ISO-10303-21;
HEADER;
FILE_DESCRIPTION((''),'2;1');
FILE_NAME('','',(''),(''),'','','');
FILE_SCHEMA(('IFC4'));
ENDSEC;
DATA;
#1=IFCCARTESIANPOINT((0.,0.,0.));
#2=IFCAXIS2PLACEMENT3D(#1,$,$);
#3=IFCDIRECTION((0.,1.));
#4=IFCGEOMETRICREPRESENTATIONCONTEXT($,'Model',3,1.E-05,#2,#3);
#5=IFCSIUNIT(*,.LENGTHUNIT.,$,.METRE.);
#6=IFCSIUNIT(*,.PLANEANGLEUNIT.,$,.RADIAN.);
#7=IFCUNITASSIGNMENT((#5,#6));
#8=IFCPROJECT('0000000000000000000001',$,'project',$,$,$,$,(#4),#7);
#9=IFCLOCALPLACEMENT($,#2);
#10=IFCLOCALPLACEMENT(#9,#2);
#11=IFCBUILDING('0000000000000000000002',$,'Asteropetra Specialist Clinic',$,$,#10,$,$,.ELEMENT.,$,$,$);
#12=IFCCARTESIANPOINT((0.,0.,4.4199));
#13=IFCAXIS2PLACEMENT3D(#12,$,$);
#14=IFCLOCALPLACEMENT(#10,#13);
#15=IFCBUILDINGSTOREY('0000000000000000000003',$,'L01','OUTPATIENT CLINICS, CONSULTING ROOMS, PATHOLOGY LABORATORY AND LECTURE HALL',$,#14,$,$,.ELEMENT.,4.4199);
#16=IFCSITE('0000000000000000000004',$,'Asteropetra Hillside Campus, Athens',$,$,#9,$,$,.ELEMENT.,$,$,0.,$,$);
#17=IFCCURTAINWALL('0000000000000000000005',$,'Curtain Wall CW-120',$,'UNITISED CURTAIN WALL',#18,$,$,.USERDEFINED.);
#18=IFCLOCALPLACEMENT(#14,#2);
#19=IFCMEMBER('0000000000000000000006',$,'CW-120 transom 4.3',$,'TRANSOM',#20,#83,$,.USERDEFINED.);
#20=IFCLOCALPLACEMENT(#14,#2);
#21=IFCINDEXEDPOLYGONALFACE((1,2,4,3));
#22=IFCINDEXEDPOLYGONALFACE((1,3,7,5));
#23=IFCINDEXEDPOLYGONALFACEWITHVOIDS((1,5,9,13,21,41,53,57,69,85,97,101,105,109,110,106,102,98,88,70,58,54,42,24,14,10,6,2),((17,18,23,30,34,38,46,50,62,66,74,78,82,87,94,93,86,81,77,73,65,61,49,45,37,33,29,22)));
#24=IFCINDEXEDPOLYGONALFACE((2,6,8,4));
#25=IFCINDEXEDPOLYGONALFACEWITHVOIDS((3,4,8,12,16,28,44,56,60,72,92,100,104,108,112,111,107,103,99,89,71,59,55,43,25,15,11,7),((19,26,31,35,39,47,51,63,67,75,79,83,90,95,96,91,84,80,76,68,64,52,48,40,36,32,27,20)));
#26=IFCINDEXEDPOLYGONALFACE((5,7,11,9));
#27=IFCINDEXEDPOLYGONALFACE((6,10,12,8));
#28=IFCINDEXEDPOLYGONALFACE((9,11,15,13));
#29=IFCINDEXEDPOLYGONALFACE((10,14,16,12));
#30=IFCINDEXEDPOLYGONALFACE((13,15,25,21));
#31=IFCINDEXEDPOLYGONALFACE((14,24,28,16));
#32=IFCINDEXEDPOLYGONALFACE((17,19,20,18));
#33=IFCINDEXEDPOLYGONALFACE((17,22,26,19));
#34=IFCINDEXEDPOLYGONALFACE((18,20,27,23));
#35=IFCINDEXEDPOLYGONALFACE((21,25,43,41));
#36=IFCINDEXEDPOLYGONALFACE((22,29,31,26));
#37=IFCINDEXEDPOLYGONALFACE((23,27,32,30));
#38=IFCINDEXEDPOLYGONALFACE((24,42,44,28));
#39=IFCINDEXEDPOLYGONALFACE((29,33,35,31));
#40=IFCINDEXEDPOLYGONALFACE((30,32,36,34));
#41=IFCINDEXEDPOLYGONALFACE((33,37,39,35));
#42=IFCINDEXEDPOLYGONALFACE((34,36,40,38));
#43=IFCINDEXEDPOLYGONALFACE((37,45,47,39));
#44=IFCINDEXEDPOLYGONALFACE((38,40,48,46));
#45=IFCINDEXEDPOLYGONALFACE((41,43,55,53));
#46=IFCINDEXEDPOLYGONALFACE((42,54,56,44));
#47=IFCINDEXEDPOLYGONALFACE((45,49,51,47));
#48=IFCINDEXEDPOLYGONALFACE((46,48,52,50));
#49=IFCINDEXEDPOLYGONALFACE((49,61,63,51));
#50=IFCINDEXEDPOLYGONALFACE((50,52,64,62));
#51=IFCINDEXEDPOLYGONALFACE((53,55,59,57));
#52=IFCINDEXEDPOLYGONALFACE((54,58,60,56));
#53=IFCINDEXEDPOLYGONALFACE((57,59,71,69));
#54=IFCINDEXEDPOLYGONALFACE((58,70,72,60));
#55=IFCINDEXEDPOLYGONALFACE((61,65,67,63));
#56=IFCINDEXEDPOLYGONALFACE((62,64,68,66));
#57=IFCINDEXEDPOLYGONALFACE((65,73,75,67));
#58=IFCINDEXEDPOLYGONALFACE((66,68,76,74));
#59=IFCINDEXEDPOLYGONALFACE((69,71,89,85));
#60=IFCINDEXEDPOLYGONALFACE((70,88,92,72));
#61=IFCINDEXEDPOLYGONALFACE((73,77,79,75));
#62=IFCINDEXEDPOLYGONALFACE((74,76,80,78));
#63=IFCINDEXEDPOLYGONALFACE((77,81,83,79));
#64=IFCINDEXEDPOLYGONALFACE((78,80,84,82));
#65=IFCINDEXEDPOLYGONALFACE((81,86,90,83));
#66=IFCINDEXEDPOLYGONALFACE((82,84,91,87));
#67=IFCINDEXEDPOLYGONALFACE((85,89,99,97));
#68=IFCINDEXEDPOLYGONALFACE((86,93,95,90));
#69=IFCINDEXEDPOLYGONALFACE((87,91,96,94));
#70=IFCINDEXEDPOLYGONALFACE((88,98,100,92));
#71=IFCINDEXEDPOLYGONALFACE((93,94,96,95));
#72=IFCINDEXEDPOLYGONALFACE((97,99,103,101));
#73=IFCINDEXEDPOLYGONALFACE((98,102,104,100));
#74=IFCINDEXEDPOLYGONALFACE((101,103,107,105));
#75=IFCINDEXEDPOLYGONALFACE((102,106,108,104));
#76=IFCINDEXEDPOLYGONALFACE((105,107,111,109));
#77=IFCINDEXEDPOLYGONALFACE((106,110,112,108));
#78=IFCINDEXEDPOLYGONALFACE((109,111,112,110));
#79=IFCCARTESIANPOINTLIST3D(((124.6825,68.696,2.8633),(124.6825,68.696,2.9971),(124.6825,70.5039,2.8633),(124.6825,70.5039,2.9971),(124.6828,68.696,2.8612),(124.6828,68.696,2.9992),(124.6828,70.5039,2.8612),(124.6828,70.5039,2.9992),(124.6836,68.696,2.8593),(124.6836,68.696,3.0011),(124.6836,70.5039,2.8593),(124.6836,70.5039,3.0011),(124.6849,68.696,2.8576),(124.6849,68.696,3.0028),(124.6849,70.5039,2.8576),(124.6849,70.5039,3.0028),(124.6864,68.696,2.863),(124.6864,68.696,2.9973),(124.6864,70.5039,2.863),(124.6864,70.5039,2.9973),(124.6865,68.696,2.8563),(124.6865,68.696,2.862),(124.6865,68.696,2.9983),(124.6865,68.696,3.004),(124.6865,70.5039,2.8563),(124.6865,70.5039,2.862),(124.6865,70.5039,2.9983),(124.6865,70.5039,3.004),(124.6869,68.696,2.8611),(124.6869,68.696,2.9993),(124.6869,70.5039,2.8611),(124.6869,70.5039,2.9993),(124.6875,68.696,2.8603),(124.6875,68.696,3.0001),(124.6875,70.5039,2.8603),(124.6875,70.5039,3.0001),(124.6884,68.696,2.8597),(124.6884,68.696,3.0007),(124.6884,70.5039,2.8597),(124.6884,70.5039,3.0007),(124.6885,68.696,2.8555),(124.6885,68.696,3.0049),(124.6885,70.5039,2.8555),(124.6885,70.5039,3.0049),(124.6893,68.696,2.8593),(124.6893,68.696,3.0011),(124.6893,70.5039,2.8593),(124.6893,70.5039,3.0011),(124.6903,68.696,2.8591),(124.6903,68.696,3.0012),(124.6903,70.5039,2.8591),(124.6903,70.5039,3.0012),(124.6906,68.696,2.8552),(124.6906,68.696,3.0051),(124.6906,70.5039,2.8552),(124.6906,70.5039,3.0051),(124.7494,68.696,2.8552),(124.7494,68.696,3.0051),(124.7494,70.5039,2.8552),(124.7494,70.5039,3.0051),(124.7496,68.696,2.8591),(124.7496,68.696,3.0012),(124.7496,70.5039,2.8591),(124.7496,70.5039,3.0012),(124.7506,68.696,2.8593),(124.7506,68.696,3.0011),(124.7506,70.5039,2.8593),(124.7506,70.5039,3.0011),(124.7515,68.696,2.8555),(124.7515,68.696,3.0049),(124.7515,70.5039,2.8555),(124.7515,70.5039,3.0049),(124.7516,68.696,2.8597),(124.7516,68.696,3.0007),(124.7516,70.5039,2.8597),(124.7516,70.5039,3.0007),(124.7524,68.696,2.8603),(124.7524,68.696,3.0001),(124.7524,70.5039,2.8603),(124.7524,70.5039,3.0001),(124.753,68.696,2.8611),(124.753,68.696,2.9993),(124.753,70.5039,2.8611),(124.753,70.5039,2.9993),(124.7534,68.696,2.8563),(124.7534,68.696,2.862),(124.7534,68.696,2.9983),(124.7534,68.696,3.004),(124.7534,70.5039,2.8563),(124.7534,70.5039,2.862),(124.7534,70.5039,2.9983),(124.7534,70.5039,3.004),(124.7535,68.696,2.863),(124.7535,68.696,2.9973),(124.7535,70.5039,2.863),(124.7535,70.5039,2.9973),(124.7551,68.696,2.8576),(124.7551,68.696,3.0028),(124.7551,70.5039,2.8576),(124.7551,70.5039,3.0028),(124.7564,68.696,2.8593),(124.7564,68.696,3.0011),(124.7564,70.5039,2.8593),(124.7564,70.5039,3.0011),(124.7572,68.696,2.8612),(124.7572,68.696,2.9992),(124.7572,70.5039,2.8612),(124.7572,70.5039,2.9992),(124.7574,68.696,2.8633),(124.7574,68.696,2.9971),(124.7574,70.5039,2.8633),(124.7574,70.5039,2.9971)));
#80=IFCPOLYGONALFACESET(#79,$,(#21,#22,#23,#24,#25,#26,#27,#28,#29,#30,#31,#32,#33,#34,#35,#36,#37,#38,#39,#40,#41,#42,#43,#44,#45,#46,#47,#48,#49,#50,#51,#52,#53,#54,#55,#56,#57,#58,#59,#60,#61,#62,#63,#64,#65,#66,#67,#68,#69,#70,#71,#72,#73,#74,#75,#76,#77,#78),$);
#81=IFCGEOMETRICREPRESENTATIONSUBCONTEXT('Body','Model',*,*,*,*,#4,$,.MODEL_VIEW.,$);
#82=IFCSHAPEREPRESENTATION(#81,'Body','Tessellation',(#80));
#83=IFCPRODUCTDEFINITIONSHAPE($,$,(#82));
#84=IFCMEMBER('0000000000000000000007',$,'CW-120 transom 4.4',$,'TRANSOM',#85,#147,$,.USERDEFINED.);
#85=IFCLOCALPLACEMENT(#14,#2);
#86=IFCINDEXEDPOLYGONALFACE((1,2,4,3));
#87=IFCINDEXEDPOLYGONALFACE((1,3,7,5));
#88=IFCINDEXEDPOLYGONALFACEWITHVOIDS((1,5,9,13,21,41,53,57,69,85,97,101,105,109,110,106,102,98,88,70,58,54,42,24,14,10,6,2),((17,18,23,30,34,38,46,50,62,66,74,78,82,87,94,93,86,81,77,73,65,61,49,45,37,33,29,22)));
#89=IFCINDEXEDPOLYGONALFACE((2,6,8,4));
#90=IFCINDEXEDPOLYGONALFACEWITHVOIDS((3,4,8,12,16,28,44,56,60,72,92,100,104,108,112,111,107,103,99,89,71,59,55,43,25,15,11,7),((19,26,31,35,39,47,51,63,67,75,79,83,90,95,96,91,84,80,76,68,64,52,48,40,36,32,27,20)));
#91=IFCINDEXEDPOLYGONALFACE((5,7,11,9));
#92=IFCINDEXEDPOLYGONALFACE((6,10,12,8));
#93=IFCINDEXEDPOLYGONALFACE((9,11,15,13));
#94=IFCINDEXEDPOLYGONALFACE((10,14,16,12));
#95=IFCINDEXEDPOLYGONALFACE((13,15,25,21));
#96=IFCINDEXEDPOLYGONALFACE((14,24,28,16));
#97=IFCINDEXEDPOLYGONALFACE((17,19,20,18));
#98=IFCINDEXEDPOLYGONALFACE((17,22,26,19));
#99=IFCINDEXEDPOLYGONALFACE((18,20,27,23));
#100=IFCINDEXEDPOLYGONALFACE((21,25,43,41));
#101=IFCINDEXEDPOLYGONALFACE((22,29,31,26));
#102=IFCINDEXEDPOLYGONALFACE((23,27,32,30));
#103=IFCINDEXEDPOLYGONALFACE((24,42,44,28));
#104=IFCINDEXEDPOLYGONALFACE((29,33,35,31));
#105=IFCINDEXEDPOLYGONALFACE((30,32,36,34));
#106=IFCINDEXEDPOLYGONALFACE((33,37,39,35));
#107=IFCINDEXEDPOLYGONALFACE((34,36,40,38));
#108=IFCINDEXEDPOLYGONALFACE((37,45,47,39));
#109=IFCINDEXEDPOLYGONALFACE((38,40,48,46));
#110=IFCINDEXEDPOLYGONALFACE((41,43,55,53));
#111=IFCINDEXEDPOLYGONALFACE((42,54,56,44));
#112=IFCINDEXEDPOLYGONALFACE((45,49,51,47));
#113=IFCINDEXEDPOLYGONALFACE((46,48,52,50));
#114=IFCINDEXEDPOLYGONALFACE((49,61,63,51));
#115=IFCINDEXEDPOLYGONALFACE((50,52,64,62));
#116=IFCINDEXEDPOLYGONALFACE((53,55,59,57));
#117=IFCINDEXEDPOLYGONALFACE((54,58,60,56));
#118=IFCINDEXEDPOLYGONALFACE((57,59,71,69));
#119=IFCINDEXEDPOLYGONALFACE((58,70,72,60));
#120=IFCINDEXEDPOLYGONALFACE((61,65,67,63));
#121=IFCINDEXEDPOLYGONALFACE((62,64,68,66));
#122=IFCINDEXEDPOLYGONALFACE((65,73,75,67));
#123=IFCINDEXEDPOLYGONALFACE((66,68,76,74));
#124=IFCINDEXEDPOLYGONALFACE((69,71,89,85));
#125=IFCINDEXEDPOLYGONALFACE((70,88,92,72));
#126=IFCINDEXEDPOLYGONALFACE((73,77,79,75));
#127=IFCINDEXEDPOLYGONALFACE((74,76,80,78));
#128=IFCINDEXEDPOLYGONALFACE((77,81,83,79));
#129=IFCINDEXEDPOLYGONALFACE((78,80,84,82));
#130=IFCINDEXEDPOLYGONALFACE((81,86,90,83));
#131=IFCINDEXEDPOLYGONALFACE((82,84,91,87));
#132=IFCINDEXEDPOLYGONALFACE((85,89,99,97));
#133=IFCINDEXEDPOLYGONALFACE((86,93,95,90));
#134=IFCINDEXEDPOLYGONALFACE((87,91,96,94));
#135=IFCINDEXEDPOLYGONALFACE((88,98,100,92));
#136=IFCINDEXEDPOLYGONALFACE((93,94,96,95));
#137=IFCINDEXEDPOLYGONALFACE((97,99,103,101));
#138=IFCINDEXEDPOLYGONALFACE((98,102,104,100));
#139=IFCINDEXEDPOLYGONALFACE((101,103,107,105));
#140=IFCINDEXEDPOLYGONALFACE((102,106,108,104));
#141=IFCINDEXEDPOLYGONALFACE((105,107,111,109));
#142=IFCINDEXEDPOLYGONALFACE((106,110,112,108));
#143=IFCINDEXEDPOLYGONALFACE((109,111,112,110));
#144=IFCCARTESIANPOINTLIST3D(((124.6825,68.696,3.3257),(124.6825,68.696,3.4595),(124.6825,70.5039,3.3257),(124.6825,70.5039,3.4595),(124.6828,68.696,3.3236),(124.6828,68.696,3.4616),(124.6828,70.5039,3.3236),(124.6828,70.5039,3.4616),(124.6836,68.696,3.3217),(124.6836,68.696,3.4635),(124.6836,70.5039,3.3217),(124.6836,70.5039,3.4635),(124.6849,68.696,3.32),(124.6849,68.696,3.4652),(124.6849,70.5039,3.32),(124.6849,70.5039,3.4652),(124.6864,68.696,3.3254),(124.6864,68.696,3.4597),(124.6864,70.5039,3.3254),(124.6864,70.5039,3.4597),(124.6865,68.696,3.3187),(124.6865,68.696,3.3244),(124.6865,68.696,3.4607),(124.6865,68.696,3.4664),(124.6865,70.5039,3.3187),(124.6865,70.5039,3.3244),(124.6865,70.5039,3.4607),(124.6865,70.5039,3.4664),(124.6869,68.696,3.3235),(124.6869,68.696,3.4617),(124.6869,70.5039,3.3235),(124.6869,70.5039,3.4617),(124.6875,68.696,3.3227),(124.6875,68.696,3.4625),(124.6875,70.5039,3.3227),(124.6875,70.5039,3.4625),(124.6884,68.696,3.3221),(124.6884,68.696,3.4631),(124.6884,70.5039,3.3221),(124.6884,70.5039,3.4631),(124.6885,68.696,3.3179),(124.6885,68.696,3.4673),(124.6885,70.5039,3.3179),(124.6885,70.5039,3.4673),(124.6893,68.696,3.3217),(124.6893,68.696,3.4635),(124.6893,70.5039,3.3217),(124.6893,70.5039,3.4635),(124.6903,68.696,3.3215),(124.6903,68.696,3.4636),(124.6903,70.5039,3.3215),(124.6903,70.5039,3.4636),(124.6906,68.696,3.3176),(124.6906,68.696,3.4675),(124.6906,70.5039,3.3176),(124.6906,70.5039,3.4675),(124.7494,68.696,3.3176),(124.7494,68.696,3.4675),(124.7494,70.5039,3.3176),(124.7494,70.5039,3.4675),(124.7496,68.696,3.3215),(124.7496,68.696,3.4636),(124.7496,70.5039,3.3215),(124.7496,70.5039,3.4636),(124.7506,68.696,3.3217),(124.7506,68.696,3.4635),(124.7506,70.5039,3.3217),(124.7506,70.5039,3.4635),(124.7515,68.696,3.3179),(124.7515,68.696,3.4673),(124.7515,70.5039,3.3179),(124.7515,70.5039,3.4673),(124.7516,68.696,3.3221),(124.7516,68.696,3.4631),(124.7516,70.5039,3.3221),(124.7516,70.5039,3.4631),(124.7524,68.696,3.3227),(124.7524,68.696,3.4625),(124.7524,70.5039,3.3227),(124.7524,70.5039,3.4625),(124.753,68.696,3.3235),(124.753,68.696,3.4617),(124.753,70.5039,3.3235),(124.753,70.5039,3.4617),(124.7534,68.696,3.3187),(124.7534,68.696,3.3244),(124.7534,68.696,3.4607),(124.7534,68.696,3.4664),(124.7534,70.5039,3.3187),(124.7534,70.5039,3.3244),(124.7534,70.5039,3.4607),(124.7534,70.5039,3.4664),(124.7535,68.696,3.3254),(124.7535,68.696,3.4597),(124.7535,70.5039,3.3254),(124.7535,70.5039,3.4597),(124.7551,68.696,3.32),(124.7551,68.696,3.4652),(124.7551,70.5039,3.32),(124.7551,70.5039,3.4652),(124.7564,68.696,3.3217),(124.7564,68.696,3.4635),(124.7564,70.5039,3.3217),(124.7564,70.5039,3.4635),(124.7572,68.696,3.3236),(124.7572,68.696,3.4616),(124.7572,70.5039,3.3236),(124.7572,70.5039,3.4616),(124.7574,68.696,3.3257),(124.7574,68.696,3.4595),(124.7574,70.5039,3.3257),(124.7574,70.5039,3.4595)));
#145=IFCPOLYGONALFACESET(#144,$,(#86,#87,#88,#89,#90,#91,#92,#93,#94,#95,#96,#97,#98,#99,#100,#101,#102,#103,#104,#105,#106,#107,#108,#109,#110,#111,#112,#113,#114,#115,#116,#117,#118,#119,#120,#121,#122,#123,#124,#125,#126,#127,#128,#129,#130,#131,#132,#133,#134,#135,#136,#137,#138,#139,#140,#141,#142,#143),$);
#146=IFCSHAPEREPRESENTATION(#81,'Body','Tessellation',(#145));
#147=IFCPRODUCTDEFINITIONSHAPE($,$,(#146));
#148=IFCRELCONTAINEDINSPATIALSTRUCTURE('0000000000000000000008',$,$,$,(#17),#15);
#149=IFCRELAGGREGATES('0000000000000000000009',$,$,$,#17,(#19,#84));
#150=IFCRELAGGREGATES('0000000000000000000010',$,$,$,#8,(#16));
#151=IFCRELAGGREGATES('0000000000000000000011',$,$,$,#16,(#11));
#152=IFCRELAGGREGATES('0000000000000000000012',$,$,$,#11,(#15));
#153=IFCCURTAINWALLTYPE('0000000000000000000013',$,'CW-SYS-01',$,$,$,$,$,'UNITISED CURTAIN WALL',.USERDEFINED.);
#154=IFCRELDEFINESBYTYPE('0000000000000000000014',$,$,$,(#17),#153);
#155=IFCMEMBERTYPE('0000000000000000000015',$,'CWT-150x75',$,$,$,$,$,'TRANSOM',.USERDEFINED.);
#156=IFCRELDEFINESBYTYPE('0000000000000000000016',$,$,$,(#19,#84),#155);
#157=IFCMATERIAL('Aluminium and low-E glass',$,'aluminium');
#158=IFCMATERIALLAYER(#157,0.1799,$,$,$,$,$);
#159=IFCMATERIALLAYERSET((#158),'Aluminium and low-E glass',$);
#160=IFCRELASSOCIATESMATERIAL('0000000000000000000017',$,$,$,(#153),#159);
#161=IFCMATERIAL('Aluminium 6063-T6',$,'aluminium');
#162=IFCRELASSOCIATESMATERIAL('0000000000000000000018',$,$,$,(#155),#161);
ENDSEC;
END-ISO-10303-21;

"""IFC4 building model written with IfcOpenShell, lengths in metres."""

from ifc_helpers import new_model, si_unit, direction, frame, origin, origin_2d, place, context, subcontext, project, spatial, hollow_rectangle, extrude, material, layer, layer_set, material_profile, profile_set, type_object, element, aggregate, save


model = new_model("IFC4")

# Units and contexts
model_context = context("Model", 3, precision=1e-05, world=origin(), true_north=direction((0.0, 1.0)))
body_context = subcontext(model_context, "Body", "Model", "MODEL_VIEW")
ifc_project = project(units=[si_unit("LENGTHUNIT", "METRE"), si_unit("PLANEANGLEUNIT", "RADIAN")], contexts=[model_context])

# Site, building, storey
site_placement = place(None, origin())
site = spatial("IfcSite", under=ifc_project, at=site_placement, Name="Asteropetra Hillside Campus, Athens", CompositionType="ELEMENT", RefElevation=0.0)
building_placement = place(site_placement, origin())
building = spatial("IfcBuilding", under=site, at=building_placement, Name="Asteropetra Specialist Clinic", CompositionType="ELEMENT")
storey_placement = place(building_placement, frame((0.0, 0.0, 4.4199)))
storey = spatial("IfcBuildingStorey", under=building, at=storey_placement, Name="L01", Description="OUTPATIENT CLINICS, CONSULTING ROOMS, PATHOLOGY LABORATORY AND LECTURE HALL", CompositionType="ELEMENT", Elevation=4.4199)

# Curtain wall, members
ifc_material_1 = material(Name="Aluminium and low-E glass", Category="aluminium")
ifc_layer_1 = layer(ifc_material_1, 0.1799)
ifc_layer_set_1 = layer_set([ifc_layer_1], Name="Aluminium and low-E glass")
curtain_wall_type = type_object("IfcCurtainWallType", Name="CW-SYS-01", ElementType="UNITISED CURTAIN WALL", PredefinedType="USERDEFINED", material=ifc_layer_set_1)
curtain_wall_placement = place(storey_placement, origin())
curtain_wall = element("IfcCurtainWall", 1, at=curtain_wall_placement, inside=storey, type_object=curtain_wall_type, Name="Curtain Wall CW-120", ObjectType="UNITISED CURTAIN WALL", PredefinedType="USERDEFINED")
ifc_material_2 = material(Name="Aluminium 6063-T6", Category="aluminium")
ifc_material_profile_1 = material_profile(ifc_material_2, hollow_rectangle(XDim=0.075, YDim=0.1499, WallThickness=0.0039, InnerFilletRadius=0.0039, OuterFilletRadius=0.0081, at=origin_2d()), Name="TRN 150x75x4.0")
ifc_profile_set_1 = profile_set([ifc_material_profile_1], Name="Aluminium 6063-T6")
member_type_1 = type_object("IfcMemberType", Name="CWT-150x75", ElementType="TRANSOM", PredefinedType="USERDEFINED", material=ifc_profile_set_1)
member_1_placement = place(storey_placement, frame((124.72, 70.5039, 2.9302), z_axis=(0.0, -1.0, 0.0), x_axis=(1.0, 0.0, 0.0)))
member_1 = element("IfcMember", 2, at=member_1_placement, type_object=member_type_1, Name="CW-120 transom 4.3", ObjectType="TRANSOM", PredefinedType="USERDEFINED", context=body_context, shape_type="SweptSolid", body=[
    extrude(hollow_rectangle(XDim=0.075, YDim=0.1499, WallThickness=0.0039, InnerFilletRadius=0.0039, OuterFilletRadius=0.0081, at=origin_2d()), origin(), (0.0, 0.0, 1.0), 1.8079),
])
member_2_placement = place(storey_placement, frame((124.72, 70.5039, 3.3926), z_axis=(0.0, -1.0, 0.0), x_axis=(1.0, 0.0, 0.0)))
member_2 = element("IfcMember", 3, at=member_2_placement, type_object=member_type_1, Name="CW-120 transom 4.4", ObjectType="TRANSOM", PredefinedType="USERDEFINED", context=body_context, shape_type="SweptSolid", body=[
    extrude(hollow_rectangle(XDim=0.075, YDim=0.1499, WallThickness=0.0039, InnerFilletRadius=0.0039, OuterFilletRadius=0.0081, at=origin_2d()), origin(), (0.0, 0.0, 1.0), 1.8079),
])
aggregate(curtain_wall, [member_1, member_2])

save(model, "model.ifc")
